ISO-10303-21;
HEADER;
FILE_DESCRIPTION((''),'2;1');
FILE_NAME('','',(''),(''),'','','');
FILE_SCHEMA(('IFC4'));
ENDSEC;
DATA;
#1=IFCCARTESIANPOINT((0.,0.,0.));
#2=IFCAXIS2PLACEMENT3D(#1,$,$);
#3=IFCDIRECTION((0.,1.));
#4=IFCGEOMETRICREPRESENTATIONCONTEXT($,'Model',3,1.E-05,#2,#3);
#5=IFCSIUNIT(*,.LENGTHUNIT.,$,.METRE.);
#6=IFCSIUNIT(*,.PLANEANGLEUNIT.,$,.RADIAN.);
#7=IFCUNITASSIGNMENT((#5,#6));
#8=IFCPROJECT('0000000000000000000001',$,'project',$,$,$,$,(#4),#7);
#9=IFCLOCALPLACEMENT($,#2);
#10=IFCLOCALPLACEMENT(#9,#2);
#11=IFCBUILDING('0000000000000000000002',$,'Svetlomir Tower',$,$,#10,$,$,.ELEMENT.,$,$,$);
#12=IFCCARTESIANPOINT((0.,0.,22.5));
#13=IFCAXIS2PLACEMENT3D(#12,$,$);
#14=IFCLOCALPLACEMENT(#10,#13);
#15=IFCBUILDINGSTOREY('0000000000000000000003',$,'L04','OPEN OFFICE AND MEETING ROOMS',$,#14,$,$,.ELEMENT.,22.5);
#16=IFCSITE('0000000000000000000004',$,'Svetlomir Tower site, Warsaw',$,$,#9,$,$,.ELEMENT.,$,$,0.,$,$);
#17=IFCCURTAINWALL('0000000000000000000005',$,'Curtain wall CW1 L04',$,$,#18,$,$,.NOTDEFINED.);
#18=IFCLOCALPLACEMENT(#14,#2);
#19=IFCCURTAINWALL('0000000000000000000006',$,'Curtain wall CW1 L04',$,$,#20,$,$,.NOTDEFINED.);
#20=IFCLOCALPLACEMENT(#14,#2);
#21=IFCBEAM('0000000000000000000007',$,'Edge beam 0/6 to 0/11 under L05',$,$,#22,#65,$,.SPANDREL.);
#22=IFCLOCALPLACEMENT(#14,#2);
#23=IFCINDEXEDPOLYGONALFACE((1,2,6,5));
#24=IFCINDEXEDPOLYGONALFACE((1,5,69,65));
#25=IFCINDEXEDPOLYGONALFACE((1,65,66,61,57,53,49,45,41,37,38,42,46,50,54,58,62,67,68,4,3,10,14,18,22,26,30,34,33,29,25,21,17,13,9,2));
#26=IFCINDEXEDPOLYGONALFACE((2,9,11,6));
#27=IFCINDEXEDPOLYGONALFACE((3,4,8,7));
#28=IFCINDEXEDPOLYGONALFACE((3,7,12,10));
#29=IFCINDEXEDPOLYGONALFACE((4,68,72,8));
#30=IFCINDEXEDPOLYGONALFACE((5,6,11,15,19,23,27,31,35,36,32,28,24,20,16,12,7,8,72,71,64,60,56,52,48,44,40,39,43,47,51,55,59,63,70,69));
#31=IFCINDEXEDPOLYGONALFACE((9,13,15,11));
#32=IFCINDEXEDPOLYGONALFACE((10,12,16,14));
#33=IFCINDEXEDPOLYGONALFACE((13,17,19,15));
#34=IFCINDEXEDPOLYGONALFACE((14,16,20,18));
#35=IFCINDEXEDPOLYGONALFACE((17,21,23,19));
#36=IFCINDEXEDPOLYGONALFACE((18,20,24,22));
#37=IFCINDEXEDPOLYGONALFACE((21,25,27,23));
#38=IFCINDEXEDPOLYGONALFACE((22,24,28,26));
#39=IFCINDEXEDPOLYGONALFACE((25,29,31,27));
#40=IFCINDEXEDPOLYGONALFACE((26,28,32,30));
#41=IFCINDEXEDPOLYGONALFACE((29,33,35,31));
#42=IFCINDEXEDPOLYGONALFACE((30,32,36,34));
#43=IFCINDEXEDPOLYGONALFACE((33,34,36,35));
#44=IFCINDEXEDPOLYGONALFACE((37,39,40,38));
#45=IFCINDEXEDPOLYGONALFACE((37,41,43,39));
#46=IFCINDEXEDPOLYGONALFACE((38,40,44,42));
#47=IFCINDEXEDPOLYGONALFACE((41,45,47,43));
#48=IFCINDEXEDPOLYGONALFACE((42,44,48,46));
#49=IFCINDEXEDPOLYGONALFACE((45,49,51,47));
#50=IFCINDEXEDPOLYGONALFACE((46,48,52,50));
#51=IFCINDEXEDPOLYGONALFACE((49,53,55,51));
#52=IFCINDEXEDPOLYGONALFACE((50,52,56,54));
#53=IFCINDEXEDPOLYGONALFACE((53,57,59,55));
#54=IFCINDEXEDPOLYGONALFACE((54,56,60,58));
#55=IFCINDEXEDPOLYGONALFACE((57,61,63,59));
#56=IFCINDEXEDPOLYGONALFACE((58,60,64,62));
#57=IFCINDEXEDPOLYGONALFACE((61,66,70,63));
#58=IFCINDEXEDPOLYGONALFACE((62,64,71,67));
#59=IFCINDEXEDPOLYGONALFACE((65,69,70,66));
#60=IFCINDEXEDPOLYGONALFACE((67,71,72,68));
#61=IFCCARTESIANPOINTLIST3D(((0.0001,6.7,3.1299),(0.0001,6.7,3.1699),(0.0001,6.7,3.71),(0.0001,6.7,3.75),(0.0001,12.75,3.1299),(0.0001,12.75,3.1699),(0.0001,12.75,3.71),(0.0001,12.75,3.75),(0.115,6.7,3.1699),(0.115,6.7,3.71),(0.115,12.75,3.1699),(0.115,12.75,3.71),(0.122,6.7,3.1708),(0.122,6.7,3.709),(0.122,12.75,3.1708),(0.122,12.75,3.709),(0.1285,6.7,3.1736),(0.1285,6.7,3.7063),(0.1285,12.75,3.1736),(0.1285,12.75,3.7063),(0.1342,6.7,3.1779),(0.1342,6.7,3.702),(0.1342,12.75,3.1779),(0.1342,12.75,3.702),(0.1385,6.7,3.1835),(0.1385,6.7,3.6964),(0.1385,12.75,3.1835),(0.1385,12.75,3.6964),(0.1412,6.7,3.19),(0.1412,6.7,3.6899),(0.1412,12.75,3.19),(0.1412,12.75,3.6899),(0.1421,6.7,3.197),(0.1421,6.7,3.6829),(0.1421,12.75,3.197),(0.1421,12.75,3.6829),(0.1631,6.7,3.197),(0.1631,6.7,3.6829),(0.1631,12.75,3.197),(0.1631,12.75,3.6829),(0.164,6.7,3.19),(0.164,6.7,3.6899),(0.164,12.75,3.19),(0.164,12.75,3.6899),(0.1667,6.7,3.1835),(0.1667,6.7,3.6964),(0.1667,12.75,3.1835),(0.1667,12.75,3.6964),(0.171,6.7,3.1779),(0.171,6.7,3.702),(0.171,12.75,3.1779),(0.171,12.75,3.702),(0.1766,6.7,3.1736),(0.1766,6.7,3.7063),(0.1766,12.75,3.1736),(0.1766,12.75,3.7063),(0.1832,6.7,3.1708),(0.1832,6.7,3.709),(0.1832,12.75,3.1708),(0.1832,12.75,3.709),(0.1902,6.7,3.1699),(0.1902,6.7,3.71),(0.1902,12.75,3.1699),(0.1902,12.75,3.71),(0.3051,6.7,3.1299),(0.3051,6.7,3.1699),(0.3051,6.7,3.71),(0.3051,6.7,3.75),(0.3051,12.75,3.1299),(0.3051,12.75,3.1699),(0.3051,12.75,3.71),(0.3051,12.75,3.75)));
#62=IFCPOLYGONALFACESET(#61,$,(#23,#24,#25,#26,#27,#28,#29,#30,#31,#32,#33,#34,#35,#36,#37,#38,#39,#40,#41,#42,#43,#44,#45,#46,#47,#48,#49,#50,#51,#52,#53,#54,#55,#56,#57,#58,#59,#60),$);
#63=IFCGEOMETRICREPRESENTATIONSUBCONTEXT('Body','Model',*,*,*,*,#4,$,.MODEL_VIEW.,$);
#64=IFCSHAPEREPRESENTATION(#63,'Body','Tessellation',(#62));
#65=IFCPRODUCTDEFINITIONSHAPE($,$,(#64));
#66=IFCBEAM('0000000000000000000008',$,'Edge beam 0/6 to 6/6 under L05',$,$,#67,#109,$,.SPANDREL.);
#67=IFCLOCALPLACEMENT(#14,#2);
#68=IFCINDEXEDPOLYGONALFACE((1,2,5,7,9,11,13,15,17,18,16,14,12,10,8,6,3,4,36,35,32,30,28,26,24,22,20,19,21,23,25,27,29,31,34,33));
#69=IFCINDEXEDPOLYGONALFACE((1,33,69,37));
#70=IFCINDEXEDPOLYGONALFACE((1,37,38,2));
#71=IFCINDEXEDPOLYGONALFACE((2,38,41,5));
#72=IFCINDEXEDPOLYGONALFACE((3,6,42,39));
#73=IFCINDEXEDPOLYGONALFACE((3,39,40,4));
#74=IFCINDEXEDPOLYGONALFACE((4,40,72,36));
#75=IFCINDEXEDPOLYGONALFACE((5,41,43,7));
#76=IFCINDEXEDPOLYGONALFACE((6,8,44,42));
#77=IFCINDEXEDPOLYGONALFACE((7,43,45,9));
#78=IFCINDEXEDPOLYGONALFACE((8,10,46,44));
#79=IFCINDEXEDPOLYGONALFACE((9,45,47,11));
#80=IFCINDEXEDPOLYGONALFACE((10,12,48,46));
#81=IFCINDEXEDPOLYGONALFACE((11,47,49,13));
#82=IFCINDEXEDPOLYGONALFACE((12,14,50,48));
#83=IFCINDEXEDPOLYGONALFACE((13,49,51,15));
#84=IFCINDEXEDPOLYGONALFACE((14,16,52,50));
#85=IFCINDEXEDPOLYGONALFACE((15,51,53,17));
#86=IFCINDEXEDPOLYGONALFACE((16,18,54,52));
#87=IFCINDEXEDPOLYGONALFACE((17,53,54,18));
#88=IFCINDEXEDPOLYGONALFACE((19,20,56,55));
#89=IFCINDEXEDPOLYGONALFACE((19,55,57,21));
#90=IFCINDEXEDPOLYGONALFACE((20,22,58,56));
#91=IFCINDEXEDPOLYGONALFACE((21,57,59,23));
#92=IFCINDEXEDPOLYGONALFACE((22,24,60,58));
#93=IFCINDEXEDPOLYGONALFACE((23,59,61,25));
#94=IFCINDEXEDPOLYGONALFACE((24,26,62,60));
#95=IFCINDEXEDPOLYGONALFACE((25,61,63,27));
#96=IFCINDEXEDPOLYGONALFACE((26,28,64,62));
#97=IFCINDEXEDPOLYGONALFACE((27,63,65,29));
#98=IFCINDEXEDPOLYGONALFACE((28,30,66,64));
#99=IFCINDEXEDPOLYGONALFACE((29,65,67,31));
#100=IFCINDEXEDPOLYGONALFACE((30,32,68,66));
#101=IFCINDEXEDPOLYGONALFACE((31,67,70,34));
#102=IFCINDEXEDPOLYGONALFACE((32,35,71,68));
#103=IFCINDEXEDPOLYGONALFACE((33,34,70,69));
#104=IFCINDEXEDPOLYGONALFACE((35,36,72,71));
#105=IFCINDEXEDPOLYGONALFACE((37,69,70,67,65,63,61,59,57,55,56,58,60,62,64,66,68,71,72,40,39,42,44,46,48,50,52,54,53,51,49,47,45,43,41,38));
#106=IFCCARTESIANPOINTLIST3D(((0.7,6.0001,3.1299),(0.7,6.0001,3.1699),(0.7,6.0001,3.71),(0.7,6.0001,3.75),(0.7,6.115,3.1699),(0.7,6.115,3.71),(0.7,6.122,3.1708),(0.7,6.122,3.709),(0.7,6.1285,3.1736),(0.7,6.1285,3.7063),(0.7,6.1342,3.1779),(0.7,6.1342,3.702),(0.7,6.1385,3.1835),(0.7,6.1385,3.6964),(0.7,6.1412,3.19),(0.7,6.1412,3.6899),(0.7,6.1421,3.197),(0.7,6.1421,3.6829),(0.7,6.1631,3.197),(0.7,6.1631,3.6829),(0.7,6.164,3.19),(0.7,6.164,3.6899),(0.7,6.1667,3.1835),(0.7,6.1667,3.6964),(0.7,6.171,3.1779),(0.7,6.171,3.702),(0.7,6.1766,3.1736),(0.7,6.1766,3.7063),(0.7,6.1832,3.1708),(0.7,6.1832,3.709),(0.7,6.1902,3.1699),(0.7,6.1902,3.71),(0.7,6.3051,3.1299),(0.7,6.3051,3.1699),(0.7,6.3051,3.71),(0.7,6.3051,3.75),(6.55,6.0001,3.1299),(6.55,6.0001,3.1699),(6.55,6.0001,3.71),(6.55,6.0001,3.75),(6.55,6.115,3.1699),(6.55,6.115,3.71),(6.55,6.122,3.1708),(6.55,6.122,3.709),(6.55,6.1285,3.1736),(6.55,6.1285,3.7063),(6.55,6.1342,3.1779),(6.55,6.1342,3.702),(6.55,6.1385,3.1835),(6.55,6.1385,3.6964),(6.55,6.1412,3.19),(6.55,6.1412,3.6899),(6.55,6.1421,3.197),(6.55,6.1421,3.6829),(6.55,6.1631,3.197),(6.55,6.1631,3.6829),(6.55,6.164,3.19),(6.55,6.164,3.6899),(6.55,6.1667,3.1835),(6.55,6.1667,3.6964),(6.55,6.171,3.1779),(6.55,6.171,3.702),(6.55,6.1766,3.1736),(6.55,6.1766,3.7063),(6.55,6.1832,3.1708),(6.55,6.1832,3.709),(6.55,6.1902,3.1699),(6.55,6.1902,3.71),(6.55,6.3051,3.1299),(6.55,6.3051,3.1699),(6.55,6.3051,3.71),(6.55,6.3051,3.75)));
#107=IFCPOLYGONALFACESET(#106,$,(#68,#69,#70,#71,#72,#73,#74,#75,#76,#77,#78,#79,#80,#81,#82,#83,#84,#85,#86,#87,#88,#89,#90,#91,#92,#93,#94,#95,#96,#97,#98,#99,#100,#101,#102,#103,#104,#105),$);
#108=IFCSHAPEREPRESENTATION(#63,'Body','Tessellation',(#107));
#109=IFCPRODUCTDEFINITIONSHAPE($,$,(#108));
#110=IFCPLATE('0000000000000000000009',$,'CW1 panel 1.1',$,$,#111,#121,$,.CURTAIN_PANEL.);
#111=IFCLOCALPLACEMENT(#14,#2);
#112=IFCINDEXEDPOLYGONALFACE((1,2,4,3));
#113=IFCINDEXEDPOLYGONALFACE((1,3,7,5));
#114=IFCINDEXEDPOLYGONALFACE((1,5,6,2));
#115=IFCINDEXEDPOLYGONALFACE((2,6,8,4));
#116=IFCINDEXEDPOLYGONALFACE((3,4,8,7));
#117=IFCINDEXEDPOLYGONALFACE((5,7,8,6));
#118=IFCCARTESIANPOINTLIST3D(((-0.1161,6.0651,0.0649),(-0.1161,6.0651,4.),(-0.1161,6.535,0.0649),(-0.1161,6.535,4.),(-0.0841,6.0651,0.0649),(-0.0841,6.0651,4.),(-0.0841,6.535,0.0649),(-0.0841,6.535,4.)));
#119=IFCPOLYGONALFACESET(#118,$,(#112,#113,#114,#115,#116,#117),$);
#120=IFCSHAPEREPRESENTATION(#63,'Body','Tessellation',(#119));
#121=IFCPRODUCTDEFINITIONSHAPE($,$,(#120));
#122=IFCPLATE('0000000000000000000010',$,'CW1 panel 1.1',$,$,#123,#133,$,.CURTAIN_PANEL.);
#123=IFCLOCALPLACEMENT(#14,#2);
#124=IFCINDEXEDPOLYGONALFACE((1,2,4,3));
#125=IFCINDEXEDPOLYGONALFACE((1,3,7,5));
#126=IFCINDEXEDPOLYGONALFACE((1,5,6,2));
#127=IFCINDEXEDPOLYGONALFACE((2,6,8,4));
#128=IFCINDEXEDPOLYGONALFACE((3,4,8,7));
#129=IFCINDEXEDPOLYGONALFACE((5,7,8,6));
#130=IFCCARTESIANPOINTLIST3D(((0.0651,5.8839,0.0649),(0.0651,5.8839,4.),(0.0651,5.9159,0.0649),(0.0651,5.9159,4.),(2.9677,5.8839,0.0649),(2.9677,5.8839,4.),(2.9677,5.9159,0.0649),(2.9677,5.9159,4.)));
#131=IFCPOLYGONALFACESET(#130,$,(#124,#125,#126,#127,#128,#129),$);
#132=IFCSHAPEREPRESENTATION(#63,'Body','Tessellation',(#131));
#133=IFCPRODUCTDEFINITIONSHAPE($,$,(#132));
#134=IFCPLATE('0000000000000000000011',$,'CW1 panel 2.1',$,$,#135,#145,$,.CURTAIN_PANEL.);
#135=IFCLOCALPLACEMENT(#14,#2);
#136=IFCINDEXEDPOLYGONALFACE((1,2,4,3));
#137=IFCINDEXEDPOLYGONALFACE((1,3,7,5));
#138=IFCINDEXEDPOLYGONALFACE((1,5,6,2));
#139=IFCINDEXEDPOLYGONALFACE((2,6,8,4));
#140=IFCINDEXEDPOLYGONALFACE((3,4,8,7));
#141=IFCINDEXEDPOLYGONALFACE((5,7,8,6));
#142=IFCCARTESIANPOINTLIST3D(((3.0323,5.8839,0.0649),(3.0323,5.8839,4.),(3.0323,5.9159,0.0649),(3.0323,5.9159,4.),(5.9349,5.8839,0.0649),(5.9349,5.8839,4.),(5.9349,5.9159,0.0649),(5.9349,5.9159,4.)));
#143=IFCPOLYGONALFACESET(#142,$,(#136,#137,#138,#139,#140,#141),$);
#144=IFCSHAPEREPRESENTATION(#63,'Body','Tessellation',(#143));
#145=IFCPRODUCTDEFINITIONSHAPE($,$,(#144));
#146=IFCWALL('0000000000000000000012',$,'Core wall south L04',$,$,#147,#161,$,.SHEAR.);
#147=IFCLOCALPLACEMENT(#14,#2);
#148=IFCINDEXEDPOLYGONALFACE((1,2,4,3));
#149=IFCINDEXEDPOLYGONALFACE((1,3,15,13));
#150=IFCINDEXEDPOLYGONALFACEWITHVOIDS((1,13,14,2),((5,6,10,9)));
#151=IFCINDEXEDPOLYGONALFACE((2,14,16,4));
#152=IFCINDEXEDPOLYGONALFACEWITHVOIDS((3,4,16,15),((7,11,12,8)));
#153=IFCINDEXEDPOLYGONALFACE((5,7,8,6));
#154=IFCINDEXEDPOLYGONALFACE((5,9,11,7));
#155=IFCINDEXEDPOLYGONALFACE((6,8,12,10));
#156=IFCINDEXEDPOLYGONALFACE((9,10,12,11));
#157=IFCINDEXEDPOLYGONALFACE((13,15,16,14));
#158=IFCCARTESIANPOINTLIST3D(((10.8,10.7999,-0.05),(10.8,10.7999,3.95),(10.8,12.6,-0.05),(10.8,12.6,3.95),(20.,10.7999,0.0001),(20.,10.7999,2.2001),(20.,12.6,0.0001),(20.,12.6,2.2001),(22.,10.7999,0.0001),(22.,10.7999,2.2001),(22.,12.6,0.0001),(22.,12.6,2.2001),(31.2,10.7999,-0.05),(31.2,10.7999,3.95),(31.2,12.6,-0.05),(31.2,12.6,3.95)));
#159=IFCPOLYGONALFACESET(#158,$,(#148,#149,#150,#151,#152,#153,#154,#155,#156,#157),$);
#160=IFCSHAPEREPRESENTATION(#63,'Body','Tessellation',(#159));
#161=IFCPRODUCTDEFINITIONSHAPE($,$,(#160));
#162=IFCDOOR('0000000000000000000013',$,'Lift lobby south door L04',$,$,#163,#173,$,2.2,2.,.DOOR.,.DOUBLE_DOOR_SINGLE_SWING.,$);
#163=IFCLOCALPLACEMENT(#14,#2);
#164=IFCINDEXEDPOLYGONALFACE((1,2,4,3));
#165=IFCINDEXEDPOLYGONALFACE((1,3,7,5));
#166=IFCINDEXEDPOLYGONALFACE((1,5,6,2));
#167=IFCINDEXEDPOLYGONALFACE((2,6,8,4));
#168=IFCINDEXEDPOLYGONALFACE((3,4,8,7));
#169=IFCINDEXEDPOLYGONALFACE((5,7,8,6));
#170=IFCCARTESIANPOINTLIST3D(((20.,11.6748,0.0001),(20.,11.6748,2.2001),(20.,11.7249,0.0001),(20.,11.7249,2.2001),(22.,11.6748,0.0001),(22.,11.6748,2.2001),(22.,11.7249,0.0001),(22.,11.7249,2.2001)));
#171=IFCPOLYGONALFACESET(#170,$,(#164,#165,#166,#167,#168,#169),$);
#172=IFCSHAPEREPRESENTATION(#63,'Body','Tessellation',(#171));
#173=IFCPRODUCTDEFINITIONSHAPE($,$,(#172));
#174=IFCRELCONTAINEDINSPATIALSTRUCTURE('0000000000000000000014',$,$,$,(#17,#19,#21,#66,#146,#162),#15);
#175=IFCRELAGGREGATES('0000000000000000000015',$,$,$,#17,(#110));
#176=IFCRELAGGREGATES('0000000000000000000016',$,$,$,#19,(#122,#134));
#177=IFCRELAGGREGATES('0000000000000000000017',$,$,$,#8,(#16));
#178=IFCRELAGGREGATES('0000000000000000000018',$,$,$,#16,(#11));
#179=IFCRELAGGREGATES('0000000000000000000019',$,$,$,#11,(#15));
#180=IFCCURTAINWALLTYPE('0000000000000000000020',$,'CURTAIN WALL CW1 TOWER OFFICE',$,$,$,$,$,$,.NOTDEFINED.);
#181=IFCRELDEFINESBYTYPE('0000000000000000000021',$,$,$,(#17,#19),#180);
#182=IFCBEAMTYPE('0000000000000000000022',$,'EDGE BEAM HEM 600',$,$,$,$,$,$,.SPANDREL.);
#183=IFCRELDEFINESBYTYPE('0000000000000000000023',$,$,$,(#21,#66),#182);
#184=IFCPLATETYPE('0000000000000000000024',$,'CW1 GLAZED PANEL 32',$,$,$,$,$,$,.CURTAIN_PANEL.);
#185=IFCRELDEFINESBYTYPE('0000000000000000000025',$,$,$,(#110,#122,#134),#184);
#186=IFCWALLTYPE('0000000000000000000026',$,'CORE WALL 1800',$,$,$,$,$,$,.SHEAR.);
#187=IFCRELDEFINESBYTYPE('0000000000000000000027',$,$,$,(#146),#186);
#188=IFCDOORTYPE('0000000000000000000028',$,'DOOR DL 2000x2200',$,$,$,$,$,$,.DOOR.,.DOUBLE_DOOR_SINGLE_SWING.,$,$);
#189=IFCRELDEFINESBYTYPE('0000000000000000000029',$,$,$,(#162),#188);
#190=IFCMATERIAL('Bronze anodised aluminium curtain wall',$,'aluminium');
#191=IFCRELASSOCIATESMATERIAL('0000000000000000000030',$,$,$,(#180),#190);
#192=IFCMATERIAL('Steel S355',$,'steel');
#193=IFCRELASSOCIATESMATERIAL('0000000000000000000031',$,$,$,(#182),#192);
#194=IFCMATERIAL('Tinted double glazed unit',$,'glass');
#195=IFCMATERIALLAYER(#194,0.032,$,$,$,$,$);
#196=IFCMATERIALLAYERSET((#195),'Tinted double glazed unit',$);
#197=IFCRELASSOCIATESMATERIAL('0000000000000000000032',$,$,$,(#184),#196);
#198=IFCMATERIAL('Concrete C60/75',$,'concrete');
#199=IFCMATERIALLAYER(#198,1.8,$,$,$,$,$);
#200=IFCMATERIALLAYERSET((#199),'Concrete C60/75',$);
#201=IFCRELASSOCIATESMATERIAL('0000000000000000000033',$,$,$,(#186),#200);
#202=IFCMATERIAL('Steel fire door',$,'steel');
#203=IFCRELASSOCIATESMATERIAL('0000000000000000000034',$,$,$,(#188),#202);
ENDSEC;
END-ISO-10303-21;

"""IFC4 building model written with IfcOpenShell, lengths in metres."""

from ifc_helpers import new_model, si_unit, direction, frame, frame_2d, origin, origin_2d, place, context, subcontext, project, spatial, rectangle, i_section, extrude, material, layer, layer_set, material_profile, profile_set, type_object, element, fill, aggregate, save


model = new_model("IFC4")

# Units and contexts
model_context = context("Model", 3, precision=1e-05, world=origin(), true_north=direction((0.0, 1.0)))
body_context = subcontext(model_context, "Body", "Model", "MODEL_VIEW")
ifc_project = project(units=[si_unit("LENGTHUNIT", "METRE"), si_unit("PLANEANGLEUNIT", "RADIAN")], contexts=[model_context])

# Site, building, storey
site_placement = place(None, origin())
site = spatial("IfcSite", under=ifc_project, at=site_placement, Name="Svetlomir Tower site, Warsaw", CompositionType="ELEMENT", RefElevation=0.0)
building_placement = place(site_placement, origin())
building = spatial("IfcBuilding", under=site, at=building_placement, Name="Svetlomir Tower", CompositionType="ELEMENT")
storey_placement = place(building_placement, frame((0.0, 0.0, 22.5)))
storey = spatial("IfcBuildingStorey", under=building, at=storey_placement, Name="L04", Description="OPEN OFFICE AND MEETING ROOMS", CompositionType="ELEMENT", Elevation=22.5)

# Shared definitions
ifc_material_1 = material(Name="Bronze anodised aluminium curtain wall", Category="aluminium")
curtain_wall_type = type_object("IfcCurtainWallType", Name="CURTAIN WALL CW1 TOWER OFFICE", PredefinedType="NOTDEFINED", material=ifc_material_1)

# Curtain walls
curtain_wall_1_placement = place(storey_placement, origin())
curtain_wall_1 = element("IfcCurtainWall", 1, at=curtain_wall_1_placement, inside=storey, type_object=curtain_wall_type, Name="Curtain wall CW1 L04", PredefinedType="NOTDEFINED")
curtain_wall_2_placement = place(storey_placement, origin())
curtain_wall_2 = element("IfcCurtainWall", 2, at=curtain_wall_2_placement, inside=storey, type_object=curtain_wall_type, Name="Curtain wall CW1 L04", PredefinedType="NOTDEFINED")

# Beams
ifc_material_2 = material(Name="Steel S355", Category="steel")
ifc_material_profile_1 = material_profile(ifc_material_2, i_section(OverallWidth=0.3049, OverallDepth=0.6201, WebThickness=0.021, FlangeThickness=0.04, FilletRadius=0.0271, at=origin_2d()), Name="HEM 600")
ifc_profile_set_1 = profile_set([ifc_material_profile_1], Name="Steel S355")
beam_type_1 = type_object("IfcBeamType", Name="EDGE BEAM HEM 600", PredefinedType="SPANDREL", material=ifc_profile_set_1)
beam_1_placement = place(storey_placement, frame((0.1526, 6.7, 3.4399), z_axis=(0.0, 1.0, 0.0), x_axis=(-1.0, 0.0, 0.0)))
element("IfcBeam", 3, at=beam_1_placement, inside=storey, type_object=beam_type_1, Name="Edge beam 0/6 to 0/11 under L05", PredefinedType="SPANDREL", context=body_context, shape_type="SweptSolid", body=[
    extrude(i_section(OverallWidth=0.3049, OverallDepth=0.6201, WebThickness=0.021, FlangeThickness=0.04, FilletRadius=0.0271, at=origin_2d()), origin(), (0.0, 0.0, 1.0), 6.05),
])
beam_2_placement = place(storey_placement, frame((0.7, 6.1526, 3.4399), z_axis=(1.0, 0.0, 0.0), x_axis=(0.0, 1.0, 0.0)))
element("IfcBeam", 4, at=beam_2_placement, inside=storey, type_object=beam_type_1, Name="Edge beam 0/6 to 6/6 under L05", PredefinedType="SPANDREL", context=body_context, shape_type="SweptSolid", body=[
    extrude(i_section(OverallWidth=0.3049, OverallDepth=0.6201, WebThickness=0.021, FlangeThickness=0.04, FilletRadius=0.0271, at=origin_2d()), origin(), (0.0, 0.0, 1.0), 5.8501),
])

# Plates
ifc_material_3 = material(Name="Tinted double glazed unit", Category="glass")
ifc_layer_1 = layer(ifc_material_3, 0.032)
ifc_layer_set_1 = layer_set([ifc_layer_1], Name="Tinted double glazed unit")
plate_type = type_object("IfcPlateType", Name="CW1 GLAZED PANEL 32", PredefinedType="CURTAIN_PANEL", material=ifc_layer_set_1)
plate_1_placement = place(storey_placement, frame((-0.1001, 6.3, 0.0649), z_axis=(0.0, 0.0, 1.0), x_axis=(0.0, -1.0, 0.0)))
plate_1 = element("IfcPlate", 5, at=plate_1_placement, type_object=plate_type, Name="CW1 panel 1.1", PredefinedType="CURTAIN_PANEL", context=body_context, shape_type="SweptSolid", body=[
    extrude(rectangle(XDim=0.47, YDim=0.032, at=origin_2d()), origin(), (0.0, 0.0, 1.0), 3.9351),
])
aggregate(curtain_wall_1, [plate_1])
plate_2_placement = place(storey_placement, frame((1.5164, 5.8999, 0.0649), z_axis=(0.0, 0.0, 1.0), x_axis=(1.0, 0.0, 0.0)))
plate_2 = element("IfcPlate", 6, at=plate_2_placement, type_object=plate_type, Name="CW1 panel 1.1", PredefinedType="CURTAIN_PANEL", context=body_context, shape_type="SweptSolid", body=[
    extrude(rectangle(XDim=2.9026, YDim=0.032, at=origin_2d()), origin(), (0.0, 0.0, 1.0), 3.9351),
])
plate_3_placement = place(storey_placement, frame((4.4836, 5.8999, 0.0649), z_axis=(0.0, 0.0, 1.0), x_axis=(1.0, 0.0, 0.0)))
plate_3 = element("IfcPlate", 7, at=plate_3_placement, type_object=plate_type, Name="CW1 panel 2.1", PredefinedType="CURTAIN_PANEL", context=body_context, shape_type="SweptSolid", body=[
    extrude(rectangle(XDim=2.9026, YDim=0.032, at=origin_2d()), origin(), (0.0, 0.0, 1.0), 3.9351),
])
aggregate(curtain_wall_2, [plate_2, plate_3])

# Wall, opening, door
ifc_material_4 = material(Name="Concrete C60/75", Category="concrete")
ifc_layer_2 = layer(ifc_material_4, 1.8)
ifc_layer_set_2 = layer_set([ifc_layer_2], Name="Concrete C60/75")
wall_type_1 = type_object("IfcWallType", Name="CORE WALL 1800", PredefinedType="SHEAR", material=ifc_layer_set_2)
wall_1_placement = place(storey_placement, frame((10.8, 11.7, -0.05), z_axis=(0.0, 0.0, 1.0), x_axis=(1.0, 0.0, 0.0)))
wall_1 = element("IfcWall", 8, at=wall_1_placement, inside=storey, type_object=wall_type_1, Name="Core wall south L04", PredefinedType="SHEAR", context=body_context, shape_type="SweptSolid", body=[
    extrude(rectangle(XDim=20.3999, YDim=1.8, at=frame_2d((10.2, 0.0))), origin(), (0.0, 0.0, 1.0), 4.0),
])
opening_1_placement = place(wall_1_placement, frame((9.2, 0.0, 0.05)))
opening_1 = element("IfcOpeningElement", 9, at=opening_1_placement, cuts=wall_1, PredefinedType="OPENING", context=body_context, shape_type="SweptSolid", body=[
    extrude(rectangle(XDim=2.0, YDim=2.2, at=frame_2d((1.0, 1.1001))), frame((0.0, 0.9102, 0.0), z_axis=(0.0, -1.0, 0.0), x_axis=(1.0, 0.0, 0.0)), (0.0, 0.0, 1.0), 1.8201),
])
ifc_material_5 = material(Name="Steel fire door", Category="steel")
door_type_1 = type_object("IfcDoorType", Name="DOOR DL 2000x2200", OperationType="DOUBLE_DOOR_SINGLE_SWING", PredefinedType="DOOR", material=ifc_material_5)
door_1_placement = place(opening_1_placement, origin())
door_1 = element("IfcDoor", 10, at=door_1_placement, inside=storey, type_object=door_type_1, Name="Lift lobby south door L04", OperationType="DOUBLE_DOOR_SINGLE_SWING", OverallHeight=2.2, OverallWidth=2.0, PredefinedType="DOOR", context=body_context, shape_type="SweptSolid", body=[
    extrude(rectangle(XDim=2.0, YDim=2.2, at=frame_2d((1.0, 1.1001))), frame((0.0, 0.0249, 0.0), z_axis=(0.0, -1.0, 0.0), x_axis=(1.0, 0.0, 0.0)), (0.0, 0.0, 1.0), 0.05),
])
fill(opening_1, door_1)

save(model, "model.ifc")
